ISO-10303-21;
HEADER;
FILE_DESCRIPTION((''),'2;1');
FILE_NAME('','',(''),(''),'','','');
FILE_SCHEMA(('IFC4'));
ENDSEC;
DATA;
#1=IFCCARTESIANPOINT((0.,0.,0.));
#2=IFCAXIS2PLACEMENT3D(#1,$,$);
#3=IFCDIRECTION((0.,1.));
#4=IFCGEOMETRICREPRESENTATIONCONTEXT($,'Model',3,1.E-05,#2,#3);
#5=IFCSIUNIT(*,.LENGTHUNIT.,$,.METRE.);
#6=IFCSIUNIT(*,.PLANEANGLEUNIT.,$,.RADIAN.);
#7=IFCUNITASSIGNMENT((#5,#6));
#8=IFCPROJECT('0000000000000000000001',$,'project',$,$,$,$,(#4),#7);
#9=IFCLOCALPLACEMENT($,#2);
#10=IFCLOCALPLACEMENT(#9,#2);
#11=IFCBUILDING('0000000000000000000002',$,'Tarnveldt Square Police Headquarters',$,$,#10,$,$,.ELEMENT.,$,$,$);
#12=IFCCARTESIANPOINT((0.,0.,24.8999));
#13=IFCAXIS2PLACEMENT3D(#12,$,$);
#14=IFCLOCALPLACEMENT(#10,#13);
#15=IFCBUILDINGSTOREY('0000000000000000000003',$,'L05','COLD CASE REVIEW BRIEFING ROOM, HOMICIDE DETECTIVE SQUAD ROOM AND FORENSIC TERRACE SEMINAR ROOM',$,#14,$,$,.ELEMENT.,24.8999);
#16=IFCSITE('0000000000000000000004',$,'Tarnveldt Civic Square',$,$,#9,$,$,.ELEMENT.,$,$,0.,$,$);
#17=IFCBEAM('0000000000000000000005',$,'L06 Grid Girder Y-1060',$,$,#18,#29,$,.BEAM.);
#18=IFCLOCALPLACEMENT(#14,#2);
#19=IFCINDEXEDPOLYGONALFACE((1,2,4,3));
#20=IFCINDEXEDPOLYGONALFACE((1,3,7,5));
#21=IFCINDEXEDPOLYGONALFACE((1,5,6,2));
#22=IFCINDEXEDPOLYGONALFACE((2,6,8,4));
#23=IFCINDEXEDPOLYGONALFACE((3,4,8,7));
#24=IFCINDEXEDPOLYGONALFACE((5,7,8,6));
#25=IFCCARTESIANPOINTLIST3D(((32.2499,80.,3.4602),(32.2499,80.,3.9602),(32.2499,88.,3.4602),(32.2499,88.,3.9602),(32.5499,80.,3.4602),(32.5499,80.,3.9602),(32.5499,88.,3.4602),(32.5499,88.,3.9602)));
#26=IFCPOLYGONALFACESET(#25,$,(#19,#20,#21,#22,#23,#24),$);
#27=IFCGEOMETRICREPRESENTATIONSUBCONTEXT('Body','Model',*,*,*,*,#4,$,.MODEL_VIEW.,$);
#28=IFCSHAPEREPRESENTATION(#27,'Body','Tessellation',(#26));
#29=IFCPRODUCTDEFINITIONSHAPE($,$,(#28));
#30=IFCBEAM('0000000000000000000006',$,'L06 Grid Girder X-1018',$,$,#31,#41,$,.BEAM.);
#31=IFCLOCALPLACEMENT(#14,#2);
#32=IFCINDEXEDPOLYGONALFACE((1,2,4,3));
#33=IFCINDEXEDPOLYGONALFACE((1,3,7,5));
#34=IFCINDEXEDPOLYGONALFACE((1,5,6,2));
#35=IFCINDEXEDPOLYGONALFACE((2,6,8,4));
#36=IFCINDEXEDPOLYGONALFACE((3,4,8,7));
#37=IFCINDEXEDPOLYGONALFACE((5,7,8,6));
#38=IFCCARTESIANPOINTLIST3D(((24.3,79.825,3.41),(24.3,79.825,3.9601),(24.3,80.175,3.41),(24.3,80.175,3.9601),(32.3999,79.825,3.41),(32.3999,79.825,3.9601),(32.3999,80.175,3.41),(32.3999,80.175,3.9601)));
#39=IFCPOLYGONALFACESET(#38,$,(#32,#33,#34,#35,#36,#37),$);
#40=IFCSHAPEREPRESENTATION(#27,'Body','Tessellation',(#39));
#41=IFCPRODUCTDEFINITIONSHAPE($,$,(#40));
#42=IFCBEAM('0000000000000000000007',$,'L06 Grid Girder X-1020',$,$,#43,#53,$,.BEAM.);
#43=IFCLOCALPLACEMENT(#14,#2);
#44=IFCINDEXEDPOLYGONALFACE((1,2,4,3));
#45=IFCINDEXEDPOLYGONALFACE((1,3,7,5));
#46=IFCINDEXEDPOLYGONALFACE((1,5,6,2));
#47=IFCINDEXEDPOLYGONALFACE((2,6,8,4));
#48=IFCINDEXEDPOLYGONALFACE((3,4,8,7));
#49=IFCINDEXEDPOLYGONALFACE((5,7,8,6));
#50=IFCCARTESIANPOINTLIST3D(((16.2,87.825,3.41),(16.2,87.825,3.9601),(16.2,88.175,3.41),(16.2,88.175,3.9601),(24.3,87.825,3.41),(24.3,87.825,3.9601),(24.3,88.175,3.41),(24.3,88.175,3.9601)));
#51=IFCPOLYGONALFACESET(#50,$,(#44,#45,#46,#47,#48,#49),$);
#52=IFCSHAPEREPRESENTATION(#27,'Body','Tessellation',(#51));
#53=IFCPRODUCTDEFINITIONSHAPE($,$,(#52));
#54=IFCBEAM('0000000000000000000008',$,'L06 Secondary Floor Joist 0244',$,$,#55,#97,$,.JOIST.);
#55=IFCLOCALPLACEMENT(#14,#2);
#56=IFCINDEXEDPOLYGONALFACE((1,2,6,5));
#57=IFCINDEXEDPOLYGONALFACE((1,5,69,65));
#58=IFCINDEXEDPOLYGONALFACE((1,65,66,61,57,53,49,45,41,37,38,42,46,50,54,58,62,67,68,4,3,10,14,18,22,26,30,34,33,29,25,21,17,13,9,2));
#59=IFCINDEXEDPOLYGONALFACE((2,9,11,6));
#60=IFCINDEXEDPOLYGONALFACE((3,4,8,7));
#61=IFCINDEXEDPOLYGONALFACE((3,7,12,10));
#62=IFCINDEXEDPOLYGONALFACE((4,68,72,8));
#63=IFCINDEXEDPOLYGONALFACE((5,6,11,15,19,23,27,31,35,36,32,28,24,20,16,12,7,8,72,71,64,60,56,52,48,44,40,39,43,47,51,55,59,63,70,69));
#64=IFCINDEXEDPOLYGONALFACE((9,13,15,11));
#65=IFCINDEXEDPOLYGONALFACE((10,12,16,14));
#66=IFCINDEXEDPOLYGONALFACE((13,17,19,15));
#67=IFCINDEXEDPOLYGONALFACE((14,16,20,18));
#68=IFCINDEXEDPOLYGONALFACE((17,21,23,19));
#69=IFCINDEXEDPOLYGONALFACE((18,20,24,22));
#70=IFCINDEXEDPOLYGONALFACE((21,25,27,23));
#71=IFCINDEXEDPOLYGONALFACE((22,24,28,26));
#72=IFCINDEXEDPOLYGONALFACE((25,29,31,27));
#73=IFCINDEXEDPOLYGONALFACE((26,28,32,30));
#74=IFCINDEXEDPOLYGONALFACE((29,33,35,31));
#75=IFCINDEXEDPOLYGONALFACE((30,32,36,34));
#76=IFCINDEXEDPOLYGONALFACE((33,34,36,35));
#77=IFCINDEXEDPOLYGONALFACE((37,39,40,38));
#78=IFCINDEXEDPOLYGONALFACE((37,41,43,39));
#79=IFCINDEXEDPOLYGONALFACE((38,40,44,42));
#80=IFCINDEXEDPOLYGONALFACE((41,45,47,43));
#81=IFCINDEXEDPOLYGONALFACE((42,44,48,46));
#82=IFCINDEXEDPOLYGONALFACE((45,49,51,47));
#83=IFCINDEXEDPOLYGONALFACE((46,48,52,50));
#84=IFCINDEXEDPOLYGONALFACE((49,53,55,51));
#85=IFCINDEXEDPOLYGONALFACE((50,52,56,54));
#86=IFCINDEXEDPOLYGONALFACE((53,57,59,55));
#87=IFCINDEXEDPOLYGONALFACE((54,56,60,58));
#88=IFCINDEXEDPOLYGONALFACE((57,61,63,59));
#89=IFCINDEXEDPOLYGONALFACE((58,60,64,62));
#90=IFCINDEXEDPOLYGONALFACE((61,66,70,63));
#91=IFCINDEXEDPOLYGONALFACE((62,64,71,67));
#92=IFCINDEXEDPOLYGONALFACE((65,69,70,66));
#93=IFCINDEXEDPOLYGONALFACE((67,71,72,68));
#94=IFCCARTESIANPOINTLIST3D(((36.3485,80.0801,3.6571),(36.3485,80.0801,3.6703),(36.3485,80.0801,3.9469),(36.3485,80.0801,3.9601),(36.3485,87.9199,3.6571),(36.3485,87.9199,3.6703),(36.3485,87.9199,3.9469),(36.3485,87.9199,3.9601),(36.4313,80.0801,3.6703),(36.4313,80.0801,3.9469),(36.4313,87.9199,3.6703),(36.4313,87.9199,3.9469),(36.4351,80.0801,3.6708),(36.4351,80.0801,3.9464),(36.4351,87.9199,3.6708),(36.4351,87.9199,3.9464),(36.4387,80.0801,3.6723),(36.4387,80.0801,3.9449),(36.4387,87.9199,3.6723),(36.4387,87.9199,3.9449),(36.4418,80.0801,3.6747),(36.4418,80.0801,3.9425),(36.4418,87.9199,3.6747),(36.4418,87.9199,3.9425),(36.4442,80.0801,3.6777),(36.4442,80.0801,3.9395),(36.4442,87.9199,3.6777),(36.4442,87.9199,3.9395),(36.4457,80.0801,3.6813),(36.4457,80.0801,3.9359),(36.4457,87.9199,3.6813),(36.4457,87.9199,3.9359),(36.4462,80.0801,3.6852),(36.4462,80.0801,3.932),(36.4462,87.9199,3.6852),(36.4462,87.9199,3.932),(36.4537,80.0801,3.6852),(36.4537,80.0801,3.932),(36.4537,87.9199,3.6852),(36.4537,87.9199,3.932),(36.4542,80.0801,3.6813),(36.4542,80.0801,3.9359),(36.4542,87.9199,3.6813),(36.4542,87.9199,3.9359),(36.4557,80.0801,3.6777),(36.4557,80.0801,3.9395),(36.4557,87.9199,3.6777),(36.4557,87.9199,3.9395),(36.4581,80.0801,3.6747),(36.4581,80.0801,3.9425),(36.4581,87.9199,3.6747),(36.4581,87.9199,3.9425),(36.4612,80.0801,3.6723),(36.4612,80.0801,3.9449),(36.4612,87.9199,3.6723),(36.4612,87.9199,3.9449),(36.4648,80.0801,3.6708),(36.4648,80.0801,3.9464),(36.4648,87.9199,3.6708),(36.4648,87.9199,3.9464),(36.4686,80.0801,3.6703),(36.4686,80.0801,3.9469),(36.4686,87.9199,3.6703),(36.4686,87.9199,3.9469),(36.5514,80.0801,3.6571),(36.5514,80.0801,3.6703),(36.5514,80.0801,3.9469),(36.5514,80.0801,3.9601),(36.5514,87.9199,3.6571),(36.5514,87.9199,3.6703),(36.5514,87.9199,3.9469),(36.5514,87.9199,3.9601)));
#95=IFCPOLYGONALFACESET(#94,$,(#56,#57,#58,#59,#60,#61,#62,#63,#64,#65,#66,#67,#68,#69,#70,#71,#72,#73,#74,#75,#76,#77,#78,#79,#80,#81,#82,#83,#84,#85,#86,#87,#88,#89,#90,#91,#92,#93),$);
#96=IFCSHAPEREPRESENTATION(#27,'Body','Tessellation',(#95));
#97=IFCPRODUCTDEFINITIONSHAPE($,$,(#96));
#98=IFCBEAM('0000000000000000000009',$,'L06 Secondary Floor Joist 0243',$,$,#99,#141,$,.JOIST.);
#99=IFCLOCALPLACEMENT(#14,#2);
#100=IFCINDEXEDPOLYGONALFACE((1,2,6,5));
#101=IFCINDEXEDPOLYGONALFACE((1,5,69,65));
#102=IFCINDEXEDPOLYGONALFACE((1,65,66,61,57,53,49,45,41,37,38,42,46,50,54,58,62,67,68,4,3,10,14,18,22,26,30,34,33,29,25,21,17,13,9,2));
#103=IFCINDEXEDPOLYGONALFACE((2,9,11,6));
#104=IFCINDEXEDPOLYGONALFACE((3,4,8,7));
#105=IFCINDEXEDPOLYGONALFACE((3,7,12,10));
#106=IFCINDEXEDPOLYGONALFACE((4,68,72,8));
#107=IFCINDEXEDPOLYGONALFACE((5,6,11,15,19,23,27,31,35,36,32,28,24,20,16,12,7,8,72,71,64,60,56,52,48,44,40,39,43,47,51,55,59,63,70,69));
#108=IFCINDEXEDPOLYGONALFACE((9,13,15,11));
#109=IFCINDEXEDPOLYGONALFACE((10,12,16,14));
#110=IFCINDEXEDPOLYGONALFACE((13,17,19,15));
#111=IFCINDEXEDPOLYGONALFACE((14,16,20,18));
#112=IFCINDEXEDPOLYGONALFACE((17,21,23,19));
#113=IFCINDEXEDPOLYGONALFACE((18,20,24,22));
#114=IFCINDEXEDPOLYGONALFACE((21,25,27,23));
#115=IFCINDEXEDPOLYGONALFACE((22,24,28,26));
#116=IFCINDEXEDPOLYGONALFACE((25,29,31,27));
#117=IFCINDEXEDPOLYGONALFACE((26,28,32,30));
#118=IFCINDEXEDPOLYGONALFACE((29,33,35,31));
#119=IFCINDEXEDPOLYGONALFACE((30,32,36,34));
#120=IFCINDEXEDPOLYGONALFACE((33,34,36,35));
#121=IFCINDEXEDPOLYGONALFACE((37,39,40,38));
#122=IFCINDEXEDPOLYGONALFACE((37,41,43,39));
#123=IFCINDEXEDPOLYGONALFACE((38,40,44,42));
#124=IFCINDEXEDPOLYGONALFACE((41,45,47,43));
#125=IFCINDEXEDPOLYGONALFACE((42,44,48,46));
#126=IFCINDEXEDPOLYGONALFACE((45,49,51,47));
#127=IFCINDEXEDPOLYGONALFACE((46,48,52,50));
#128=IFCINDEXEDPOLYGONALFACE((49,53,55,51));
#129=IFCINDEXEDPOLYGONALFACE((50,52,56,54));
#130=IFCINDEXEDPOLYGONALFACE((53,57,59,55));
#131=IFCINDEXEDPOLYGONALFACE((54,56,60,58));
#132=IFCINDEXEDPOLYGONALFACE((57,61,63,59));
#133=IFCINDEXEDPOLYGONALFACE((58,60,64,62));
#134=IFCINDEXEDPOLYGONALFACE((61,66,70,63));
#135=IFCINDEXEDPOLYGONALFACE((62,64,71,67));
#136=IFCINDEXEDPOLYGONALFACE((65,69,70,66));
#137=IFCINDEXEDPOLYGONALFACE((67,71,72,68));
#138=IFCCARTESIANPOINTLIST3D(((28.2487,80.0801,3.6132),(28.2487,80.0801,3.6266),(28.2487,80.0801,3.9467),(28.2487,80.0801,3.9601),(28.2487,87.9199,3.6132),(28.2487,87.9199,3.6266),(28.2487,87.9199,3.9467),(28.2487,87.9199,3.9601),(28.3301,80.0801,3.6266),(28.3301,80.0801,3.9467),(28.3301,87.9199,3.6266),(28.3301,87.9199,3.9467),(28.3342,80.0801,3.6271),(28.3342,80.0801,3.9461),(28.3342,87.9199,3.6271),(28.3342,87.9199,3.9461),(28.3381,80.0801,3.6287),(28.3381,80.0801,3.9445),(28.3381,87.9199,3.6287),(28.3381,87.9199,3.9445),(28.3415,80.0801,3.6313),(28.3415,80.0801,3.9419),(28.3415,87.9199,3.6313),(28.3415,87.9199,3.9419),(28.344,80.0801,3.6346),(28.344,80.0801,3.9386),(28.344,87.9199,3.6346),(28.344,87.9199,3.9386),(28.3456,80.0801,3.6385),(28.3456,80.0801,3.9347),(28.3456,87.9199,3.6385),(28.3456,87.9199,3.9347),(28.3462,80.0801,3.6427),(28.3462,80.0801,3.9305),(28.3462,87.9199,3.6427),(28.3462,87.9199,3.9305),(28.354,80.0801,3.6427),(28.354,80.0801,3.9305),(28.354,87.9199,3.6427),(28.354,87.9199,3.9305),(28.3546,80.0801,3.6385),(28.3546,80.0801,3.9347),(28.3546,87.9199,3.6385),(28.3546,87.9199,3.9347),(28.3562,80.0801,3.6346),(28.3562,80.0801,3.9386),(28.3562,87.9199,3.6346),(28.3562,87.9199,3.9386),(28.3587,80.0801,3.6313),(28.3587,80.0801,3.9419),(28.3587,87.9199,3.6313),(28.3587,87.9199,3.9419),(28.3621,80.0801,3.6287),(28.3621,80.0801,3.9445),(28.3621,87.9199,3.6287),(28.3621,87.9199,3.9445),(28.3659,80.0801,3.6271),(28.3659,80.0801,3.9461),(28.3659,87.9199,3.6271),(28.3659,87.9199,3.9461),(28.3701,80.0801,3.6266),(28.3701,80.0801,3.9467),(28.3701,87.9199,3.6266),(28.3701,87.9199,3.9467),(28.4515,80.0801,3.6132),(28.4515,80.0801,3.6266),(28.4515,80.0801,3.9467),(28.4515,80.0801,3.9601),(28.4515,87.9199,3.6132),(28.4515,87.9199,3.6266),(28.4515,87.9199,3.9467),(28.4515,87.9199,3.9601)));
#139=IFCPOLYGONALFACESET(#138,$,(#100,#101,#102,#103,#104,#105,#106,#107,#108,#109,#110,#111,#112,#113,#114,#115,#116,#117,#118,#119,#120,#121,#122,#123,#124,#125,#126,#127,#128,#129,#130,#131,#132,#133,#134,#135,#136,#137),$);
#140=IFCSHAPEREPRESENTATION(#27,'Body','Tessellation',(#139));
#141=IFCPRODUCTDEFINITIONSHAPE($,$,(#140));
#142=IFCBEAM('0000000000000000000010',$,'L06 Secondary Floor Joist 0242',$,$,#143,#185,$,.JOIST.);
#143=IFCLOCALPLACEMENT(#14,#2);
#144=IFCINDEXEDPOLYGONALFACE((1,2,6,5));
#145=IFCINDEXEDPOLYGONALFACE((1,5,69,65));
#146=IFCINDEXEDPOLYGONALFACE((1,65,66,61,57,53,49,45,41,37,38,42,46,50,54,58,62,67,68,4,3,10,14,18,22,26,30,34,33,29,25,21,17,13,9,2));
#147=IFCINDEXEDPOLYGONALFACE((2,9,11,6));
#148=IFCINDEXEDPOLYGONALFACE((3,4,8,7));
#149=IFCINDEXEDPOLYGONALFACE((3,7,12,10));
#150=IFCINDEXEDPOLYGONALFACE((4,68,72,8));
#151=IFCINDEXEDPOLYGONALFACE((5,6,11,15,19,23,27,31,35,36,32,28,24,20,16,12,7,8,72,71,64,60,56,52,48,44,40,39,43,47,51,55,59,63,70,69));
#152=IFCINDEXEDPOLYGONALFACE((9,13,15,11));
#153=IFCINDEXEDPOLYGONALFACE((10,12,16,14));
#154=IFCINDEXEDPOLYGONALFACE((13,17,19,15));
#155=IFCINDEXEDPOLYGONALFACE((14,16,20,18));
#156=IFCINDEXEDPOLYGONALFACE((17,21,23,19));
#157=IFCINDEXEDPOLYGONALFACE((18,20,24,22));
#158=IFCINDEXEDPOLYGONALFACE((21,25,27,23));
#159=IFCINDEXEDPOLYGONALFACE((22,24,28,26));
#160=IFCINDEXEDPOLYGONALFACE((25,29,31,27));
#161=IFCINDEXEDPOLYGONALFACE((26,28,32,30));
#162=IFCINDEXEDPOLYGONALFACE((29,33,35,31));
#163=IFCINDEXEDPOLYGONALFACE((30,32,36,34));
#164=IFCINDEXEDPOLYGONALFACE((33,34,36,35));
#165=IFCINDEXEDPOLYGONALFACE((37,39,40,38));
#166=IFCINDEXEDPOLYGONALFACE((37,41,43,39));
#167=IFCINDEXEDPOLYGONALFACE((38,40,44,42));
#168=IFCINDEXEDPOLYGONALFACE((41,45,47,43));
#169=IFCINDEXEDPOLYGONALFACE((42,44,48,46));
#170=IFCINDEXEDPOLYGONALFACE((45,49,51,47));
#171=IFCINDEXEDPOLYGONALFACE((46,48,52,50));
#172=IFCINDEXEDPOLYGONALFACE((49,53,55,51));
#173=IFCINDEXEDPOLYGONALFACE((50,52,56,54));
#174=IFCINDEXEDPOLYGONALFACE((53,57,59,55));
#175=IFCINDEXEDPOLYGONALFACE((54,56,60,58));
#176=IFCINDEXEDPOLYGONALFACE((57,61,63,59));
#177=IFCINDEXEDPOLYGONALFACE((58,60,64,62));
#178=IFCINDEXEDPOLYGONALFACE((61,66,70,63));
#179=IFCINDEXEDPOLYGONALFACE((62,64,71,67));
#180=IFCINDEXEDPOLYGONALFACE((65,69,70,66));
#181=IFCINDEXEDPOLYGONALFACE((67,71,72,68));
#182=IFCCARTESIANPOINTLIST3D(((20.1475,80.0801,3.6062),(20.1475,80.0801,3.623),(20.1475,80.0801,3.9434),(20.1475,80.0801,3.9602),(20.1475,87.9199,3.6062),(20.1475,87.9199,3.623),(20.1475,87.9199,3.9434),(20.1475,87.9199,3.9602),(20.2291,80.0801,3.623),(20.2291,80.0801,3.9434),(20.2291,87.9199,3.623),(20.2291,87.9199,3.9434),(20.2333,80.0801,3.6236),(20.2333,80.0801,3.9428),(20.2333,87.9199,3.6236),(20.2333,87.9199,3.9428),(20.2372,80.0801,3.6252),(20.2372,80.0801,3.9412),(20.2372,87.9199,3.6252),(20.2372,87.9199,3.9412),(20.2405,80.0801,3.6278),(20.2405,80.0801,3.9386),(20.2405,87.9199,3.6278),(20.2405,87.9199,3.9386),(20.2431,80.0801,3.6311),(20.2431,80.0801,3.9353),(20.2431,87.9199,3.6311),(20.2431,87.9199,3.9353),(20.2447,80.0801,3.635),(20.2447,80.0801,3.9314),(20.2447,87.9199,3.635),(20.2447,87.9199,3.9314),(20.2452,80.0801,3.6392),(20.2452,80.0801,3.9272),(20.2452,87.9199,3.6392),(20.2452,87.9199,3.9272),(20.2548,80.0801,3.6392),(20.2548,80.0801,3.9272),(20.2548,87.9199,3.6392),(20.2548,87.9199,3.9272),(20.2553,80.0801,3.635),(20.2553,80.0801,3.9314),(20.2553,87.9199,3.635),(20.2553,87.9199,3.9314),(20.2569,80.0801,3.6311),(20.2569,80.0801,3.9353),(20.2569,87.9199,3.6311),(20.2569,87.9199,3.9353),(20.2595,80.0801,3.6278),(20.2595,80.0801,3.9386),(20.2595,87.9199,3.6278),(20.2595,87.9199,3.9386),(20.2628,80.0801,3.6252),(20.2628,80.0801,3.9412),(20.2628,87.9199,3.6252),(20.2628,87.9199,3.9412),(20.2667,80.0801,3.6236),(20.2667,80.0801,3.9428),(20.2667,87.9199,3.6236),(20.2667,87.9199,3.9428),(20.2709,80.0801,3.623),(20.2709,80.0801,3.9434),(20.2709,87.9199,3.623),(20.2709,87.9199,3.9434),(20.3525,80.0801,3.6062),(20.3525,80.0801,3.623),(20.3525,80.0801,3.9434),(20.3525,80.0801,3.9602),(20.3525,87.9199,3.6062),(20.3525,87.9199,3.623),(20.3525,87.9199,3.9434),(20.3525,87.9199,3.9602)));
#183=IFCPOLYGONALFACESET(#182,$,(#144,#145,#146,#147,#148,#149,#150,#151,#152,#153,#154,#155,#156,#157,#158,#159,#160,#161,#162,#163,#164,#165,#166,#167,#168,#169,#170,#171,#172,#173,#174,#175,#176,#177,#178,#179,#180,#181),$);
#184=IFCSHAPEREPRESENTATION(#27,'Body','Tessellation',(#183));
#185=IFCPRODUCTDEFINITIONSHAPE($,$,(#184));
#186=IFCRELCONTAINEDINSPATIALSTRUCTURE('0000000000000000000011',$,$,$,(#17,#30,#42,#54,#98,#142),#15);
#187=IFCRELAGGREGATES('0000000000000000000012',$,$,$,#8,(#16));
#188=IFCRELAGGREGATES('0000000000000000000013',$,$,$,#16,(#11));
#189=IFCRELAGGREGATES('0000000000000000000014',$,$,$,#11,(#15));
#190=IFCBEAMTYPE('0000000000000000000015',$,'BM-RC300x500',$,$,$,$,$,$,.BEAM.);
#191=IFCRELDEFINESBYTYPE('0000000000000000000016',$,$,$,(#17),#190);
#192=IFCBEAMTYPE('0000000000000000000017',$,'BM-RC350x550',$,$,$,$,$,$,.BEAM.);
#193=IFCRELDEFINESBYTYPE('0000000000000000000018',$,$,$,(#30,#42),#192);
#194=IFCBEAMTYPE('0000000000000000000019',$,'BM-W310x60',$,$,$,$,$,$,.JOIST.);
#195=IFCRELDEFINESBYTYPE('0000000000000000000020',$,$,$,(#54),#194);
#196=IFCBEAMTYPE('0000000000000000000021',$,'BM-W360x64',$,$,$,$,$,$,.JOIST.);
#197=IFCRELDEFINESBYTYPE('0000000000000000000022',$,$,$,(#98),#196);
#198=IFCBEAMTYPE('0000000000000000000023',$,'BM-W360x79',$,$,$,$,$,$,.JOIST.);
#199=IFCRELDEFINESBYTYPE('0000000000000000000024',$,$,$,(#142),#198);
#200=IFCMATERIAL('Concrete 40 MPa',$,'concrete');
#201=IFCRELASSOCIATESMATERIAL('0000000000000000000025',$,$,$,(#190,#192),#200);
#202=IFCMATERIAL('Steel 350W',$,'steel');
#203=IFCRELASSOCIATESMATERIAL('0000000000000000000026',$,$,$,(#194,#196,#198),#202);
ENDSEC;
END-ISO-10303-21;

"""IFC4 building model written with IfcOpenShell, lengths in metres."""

from ifc_helpers import new_model, si_unit, direction, frame, origin, origin_2d, place, context, subcontext, project, spatial, rectangle, i_section, extrude, material, material_profile, profile_set, type_object, element, save


model = new_model("IFC4")

# Units and contexts
model_context = context("Model", 3, precision=1e-05, world=origin(), true_north=direction((0.0, 1.0)))
body_context = subcontext(model_context, "Body", "Model", "MODEL_VIEW")
ifc_project = project(units=[si_unit("LENGTHUNIT", "METRE"), si_unit("PLANEANGLEUNIT", "RADIAN")], contexts=[model_context])

# Site, building, storey
site_placement = place(None, origin())
site = spatial("IfcSite", under=ifc_project, at=site_placement, Name="Tarnveldt Civic Square", CompositionType="ELEMENT", RefElevation=0.0)
building_placement = place(site_placement, origin())
building = spatial("IfcBuilding", under=site, at=building_placement, Name="Tarnveldt Square Police Headquarters", CompositionType="ELEMENT")
storey_placement = place(building_placement, frame((0.0, 0.0, 24.8999)))
storey = spatial("IfcBuildingStorey", under=building, at=storey_placement, Name="L05", Description="COLD CASE REVIEW BRIEFING ROOM, HOMICIDE DETECTIVE SQUAD ROOM AND FORENSIC TERRACE SEMINAR ROOM", CompositionType="ELEMENT", Elevation=24.8999)

# Shared definitions
ifc_material_1 = material(Name="Concrete 40 MPa", Category="concrete")
ifc_material_2 = material(Name="Steel 350W", Category="steel")

# Beams
ifc_material_profile_1 = material_profile(ifc_material_1, rectangle(XDim=0.3, YDim=0.5, at=origin_2d()), Name="RC-B300x500")
ifc_profile_set_1 = profile_set([ifc_material_profile_1], Name="Concrete 40 MPa")
beam_type_1 = type_object("IfcBeamType", Name="BM-RC300x500", PredefinedType="BEAM", material=ifc_profile_set_1)
beam_1_placement = place(storey_placement, frame((32.3999, 80.0, 3.7102), z_axis=(0.0, 1.0, 0.0), x_axis=(-1.0, 0.0, 0.0)))
element("IfcBeam", 1, at=beam_1_placement, inside=storey, type_object=beam_type_1, Name="L06 Grid Girder Y-1060", PredefinedType="BEAM", context=body_context, shape_type="SweptSolid", body=[
    extrude(rectangle(XDim=0.3, YDim=0.5, at=origin_2d()), origin(), (0.0, 0.0, 1.0), 8.0),
])
ifc_material_profile_2 = material_profile(ifc_material_1, rectangle(XDim=0.3501, YDim=0.55, at=origin_2d()), Name="RC-B350x550")
ifc_profile_set_2 = profile_set([ifc_material_profile_2], Name="Concrete 40 MPa")
beam_type_2 = type_object("IfcBeamType", Name="BM-RC350x550", PredefinedType="BEAM", material=ifc_profile_set_2)
beam_2_placement = place(storey_placement, frame((24.3, 80.0, 3.6851), z_axis=(1.0, 0.0, 0.0), x_axis=(0.0, 1.0, 0.0)))
element("IfcBeam", 2, at=beam_2_placement, inside=storey, type_object=beam_type_2, Name="L06 Grid Girder X-1018", PredefinedType="BEAM", context=body_context, shape_type="SweptSolid", body=[
    extrude(rectangle(XDim=0.3501, YDim=0.55, at=origin_2d()), origin(), (0.0, 0.0, 1.0), 8.0999),
])
beam_3_placement = place(storey_placement, frame((16.2, 88.0, 3.6851), z_axis=(1.0, 0.0, 0.0), x_axis=(0.0, 1.0, 0.0)))
element("IfcBeam", 3, at=beam_3_placement, inside=storey, type_object=beam_type_2, Name="L06 Grid Girder X-1020", PredefinedType="BEAM", context=body_context, shape_type="SweptSolid", body=[
    extrude(rectangle(XDim=0.3501, YDim=0.55, at=origin_2d()), origin(), (0.0, 0.0, 1.0), 8.1001),
])
ifc_material_profile_3 = material_profile(ifc_material_2, i_section(OverallWidth=0.2029, OverallDepth=0.303, WebThickness=0.0076, FlangeThickness=0.0132, FilletRadius=0.0149, at=origin_2d()), Name="W310x60")
ifc_profile_set_3 = profile_set([ifc_material_profile_3], Name="Steel 350W")
beam_type_3 = type_object("IfcBeamType", Name="BM-W310x60", PredefinedType="JOIST", material=ifc_profile_set_3)
beam_4_placement = place(storey_placement, frame((36.45, 80.0801, 3.8086), z_axis=(0.0, 1.0, 0.0), x_axis=(-1.0, 0.0, 0.0)))
element("IfcBeam", 4, at=beam_4_placement, inside=storey, type_object=beam_type_3, Name="L06 Secondary Floor Joist 0244", PredefinedType="JOIST", context=body_context, shape_type="SweptSolid", body=[
    extrude(i_section(OverallWidth=0.2029, OverallDepth=0.303, WebThickness=0.0076, FlangeThickness=0.0132, FilletRadius=0.0149, at=origin_2d()), origin(), (0.0, 0.0, 1.0), 7.8398),
])
ifc_material_profile_4 = material_profile(ifc_material_2, i_section(OverallWidth=0.2029, OverallDepth=0.3469, WebThickness=0.0078, FlangeThickness=0.0134, FilletRadius=0.0161, at=origin_2d()), Name="W360x64")
ifc_profile_set_4 = profile_set([ifc_material_profile_4], Name="Steel 350W")
beam_type_4 = type_object("IfcBeamType", Name="BM-W360x64", PredefinedType="JOIST", material=ifc_profile_set_4)
beam_5_placement = place(storey_placement, frame((28.3501, 80.0801, 3.7866), z_axis=(0.0, 1.0, 0.0), x_axis=(-1.0, 0.0, 0.0)))
element("IfcBeam", 5, at=beam_5_placement, inside=storey, type_object=beam_type_4, Name="L06 Secondary Floor Joist 0243", PredefinedType="JOIST", context=body_context, shape_type="SweptSolid", body=[
    extrude(i_section(OverallWidth=0.2029, OverallDepth=0.3469, WebThickness=0.0078, FlangeThickness=0.0134, FilletRadius=0.0161, at=origin_2d()), origin(), (0.0, 0.0, 1.0), 7.8398),
])
ifc_material_profile_5 = material_profile(ifc_material_2, i_section(OverallWidth=0.2051, OverallDepth=0.354, WebThickness=0.0095, FlangeThickness=0.0168, FilletRadius=0.0161, at=origin_2d()), Name="W360x79")
ifc_profile_set_5 = profile_set([ifc_material_profile_5], Name="Steel 350W")
beam_type_5 = type_object("IfcBeamType", Name="BM-W360x79", PredefinedType="JOIST", material=ifc_profile_set_5)
beam_6_placement = place(storey_placement, frame((20.25, 80.0801, 3.7832), z_axis=(0.0, 1.0, 0.0), x_axis=(-1.0, 0.0, 0.0)))
element("IfcBeam", 6, at=beam_6_placement, inside=storey, type_object=beam_type_5, Name="L06 Secondary Floor Joist 0242", PredefinedType="JOIST", context=body_context, shape_type="SweptSolid", body=[
    extrude(i_section(OverallWidth=0.2051, OverallDepth=0.354, WebThickness=0.0095, FlangeThickness=0.0168, FilletRadius=0.0161, at=origin_2d()), origin(), (0.0, 0.0, 1.0), 7.8398),
])

save(model, "model.ifc")
